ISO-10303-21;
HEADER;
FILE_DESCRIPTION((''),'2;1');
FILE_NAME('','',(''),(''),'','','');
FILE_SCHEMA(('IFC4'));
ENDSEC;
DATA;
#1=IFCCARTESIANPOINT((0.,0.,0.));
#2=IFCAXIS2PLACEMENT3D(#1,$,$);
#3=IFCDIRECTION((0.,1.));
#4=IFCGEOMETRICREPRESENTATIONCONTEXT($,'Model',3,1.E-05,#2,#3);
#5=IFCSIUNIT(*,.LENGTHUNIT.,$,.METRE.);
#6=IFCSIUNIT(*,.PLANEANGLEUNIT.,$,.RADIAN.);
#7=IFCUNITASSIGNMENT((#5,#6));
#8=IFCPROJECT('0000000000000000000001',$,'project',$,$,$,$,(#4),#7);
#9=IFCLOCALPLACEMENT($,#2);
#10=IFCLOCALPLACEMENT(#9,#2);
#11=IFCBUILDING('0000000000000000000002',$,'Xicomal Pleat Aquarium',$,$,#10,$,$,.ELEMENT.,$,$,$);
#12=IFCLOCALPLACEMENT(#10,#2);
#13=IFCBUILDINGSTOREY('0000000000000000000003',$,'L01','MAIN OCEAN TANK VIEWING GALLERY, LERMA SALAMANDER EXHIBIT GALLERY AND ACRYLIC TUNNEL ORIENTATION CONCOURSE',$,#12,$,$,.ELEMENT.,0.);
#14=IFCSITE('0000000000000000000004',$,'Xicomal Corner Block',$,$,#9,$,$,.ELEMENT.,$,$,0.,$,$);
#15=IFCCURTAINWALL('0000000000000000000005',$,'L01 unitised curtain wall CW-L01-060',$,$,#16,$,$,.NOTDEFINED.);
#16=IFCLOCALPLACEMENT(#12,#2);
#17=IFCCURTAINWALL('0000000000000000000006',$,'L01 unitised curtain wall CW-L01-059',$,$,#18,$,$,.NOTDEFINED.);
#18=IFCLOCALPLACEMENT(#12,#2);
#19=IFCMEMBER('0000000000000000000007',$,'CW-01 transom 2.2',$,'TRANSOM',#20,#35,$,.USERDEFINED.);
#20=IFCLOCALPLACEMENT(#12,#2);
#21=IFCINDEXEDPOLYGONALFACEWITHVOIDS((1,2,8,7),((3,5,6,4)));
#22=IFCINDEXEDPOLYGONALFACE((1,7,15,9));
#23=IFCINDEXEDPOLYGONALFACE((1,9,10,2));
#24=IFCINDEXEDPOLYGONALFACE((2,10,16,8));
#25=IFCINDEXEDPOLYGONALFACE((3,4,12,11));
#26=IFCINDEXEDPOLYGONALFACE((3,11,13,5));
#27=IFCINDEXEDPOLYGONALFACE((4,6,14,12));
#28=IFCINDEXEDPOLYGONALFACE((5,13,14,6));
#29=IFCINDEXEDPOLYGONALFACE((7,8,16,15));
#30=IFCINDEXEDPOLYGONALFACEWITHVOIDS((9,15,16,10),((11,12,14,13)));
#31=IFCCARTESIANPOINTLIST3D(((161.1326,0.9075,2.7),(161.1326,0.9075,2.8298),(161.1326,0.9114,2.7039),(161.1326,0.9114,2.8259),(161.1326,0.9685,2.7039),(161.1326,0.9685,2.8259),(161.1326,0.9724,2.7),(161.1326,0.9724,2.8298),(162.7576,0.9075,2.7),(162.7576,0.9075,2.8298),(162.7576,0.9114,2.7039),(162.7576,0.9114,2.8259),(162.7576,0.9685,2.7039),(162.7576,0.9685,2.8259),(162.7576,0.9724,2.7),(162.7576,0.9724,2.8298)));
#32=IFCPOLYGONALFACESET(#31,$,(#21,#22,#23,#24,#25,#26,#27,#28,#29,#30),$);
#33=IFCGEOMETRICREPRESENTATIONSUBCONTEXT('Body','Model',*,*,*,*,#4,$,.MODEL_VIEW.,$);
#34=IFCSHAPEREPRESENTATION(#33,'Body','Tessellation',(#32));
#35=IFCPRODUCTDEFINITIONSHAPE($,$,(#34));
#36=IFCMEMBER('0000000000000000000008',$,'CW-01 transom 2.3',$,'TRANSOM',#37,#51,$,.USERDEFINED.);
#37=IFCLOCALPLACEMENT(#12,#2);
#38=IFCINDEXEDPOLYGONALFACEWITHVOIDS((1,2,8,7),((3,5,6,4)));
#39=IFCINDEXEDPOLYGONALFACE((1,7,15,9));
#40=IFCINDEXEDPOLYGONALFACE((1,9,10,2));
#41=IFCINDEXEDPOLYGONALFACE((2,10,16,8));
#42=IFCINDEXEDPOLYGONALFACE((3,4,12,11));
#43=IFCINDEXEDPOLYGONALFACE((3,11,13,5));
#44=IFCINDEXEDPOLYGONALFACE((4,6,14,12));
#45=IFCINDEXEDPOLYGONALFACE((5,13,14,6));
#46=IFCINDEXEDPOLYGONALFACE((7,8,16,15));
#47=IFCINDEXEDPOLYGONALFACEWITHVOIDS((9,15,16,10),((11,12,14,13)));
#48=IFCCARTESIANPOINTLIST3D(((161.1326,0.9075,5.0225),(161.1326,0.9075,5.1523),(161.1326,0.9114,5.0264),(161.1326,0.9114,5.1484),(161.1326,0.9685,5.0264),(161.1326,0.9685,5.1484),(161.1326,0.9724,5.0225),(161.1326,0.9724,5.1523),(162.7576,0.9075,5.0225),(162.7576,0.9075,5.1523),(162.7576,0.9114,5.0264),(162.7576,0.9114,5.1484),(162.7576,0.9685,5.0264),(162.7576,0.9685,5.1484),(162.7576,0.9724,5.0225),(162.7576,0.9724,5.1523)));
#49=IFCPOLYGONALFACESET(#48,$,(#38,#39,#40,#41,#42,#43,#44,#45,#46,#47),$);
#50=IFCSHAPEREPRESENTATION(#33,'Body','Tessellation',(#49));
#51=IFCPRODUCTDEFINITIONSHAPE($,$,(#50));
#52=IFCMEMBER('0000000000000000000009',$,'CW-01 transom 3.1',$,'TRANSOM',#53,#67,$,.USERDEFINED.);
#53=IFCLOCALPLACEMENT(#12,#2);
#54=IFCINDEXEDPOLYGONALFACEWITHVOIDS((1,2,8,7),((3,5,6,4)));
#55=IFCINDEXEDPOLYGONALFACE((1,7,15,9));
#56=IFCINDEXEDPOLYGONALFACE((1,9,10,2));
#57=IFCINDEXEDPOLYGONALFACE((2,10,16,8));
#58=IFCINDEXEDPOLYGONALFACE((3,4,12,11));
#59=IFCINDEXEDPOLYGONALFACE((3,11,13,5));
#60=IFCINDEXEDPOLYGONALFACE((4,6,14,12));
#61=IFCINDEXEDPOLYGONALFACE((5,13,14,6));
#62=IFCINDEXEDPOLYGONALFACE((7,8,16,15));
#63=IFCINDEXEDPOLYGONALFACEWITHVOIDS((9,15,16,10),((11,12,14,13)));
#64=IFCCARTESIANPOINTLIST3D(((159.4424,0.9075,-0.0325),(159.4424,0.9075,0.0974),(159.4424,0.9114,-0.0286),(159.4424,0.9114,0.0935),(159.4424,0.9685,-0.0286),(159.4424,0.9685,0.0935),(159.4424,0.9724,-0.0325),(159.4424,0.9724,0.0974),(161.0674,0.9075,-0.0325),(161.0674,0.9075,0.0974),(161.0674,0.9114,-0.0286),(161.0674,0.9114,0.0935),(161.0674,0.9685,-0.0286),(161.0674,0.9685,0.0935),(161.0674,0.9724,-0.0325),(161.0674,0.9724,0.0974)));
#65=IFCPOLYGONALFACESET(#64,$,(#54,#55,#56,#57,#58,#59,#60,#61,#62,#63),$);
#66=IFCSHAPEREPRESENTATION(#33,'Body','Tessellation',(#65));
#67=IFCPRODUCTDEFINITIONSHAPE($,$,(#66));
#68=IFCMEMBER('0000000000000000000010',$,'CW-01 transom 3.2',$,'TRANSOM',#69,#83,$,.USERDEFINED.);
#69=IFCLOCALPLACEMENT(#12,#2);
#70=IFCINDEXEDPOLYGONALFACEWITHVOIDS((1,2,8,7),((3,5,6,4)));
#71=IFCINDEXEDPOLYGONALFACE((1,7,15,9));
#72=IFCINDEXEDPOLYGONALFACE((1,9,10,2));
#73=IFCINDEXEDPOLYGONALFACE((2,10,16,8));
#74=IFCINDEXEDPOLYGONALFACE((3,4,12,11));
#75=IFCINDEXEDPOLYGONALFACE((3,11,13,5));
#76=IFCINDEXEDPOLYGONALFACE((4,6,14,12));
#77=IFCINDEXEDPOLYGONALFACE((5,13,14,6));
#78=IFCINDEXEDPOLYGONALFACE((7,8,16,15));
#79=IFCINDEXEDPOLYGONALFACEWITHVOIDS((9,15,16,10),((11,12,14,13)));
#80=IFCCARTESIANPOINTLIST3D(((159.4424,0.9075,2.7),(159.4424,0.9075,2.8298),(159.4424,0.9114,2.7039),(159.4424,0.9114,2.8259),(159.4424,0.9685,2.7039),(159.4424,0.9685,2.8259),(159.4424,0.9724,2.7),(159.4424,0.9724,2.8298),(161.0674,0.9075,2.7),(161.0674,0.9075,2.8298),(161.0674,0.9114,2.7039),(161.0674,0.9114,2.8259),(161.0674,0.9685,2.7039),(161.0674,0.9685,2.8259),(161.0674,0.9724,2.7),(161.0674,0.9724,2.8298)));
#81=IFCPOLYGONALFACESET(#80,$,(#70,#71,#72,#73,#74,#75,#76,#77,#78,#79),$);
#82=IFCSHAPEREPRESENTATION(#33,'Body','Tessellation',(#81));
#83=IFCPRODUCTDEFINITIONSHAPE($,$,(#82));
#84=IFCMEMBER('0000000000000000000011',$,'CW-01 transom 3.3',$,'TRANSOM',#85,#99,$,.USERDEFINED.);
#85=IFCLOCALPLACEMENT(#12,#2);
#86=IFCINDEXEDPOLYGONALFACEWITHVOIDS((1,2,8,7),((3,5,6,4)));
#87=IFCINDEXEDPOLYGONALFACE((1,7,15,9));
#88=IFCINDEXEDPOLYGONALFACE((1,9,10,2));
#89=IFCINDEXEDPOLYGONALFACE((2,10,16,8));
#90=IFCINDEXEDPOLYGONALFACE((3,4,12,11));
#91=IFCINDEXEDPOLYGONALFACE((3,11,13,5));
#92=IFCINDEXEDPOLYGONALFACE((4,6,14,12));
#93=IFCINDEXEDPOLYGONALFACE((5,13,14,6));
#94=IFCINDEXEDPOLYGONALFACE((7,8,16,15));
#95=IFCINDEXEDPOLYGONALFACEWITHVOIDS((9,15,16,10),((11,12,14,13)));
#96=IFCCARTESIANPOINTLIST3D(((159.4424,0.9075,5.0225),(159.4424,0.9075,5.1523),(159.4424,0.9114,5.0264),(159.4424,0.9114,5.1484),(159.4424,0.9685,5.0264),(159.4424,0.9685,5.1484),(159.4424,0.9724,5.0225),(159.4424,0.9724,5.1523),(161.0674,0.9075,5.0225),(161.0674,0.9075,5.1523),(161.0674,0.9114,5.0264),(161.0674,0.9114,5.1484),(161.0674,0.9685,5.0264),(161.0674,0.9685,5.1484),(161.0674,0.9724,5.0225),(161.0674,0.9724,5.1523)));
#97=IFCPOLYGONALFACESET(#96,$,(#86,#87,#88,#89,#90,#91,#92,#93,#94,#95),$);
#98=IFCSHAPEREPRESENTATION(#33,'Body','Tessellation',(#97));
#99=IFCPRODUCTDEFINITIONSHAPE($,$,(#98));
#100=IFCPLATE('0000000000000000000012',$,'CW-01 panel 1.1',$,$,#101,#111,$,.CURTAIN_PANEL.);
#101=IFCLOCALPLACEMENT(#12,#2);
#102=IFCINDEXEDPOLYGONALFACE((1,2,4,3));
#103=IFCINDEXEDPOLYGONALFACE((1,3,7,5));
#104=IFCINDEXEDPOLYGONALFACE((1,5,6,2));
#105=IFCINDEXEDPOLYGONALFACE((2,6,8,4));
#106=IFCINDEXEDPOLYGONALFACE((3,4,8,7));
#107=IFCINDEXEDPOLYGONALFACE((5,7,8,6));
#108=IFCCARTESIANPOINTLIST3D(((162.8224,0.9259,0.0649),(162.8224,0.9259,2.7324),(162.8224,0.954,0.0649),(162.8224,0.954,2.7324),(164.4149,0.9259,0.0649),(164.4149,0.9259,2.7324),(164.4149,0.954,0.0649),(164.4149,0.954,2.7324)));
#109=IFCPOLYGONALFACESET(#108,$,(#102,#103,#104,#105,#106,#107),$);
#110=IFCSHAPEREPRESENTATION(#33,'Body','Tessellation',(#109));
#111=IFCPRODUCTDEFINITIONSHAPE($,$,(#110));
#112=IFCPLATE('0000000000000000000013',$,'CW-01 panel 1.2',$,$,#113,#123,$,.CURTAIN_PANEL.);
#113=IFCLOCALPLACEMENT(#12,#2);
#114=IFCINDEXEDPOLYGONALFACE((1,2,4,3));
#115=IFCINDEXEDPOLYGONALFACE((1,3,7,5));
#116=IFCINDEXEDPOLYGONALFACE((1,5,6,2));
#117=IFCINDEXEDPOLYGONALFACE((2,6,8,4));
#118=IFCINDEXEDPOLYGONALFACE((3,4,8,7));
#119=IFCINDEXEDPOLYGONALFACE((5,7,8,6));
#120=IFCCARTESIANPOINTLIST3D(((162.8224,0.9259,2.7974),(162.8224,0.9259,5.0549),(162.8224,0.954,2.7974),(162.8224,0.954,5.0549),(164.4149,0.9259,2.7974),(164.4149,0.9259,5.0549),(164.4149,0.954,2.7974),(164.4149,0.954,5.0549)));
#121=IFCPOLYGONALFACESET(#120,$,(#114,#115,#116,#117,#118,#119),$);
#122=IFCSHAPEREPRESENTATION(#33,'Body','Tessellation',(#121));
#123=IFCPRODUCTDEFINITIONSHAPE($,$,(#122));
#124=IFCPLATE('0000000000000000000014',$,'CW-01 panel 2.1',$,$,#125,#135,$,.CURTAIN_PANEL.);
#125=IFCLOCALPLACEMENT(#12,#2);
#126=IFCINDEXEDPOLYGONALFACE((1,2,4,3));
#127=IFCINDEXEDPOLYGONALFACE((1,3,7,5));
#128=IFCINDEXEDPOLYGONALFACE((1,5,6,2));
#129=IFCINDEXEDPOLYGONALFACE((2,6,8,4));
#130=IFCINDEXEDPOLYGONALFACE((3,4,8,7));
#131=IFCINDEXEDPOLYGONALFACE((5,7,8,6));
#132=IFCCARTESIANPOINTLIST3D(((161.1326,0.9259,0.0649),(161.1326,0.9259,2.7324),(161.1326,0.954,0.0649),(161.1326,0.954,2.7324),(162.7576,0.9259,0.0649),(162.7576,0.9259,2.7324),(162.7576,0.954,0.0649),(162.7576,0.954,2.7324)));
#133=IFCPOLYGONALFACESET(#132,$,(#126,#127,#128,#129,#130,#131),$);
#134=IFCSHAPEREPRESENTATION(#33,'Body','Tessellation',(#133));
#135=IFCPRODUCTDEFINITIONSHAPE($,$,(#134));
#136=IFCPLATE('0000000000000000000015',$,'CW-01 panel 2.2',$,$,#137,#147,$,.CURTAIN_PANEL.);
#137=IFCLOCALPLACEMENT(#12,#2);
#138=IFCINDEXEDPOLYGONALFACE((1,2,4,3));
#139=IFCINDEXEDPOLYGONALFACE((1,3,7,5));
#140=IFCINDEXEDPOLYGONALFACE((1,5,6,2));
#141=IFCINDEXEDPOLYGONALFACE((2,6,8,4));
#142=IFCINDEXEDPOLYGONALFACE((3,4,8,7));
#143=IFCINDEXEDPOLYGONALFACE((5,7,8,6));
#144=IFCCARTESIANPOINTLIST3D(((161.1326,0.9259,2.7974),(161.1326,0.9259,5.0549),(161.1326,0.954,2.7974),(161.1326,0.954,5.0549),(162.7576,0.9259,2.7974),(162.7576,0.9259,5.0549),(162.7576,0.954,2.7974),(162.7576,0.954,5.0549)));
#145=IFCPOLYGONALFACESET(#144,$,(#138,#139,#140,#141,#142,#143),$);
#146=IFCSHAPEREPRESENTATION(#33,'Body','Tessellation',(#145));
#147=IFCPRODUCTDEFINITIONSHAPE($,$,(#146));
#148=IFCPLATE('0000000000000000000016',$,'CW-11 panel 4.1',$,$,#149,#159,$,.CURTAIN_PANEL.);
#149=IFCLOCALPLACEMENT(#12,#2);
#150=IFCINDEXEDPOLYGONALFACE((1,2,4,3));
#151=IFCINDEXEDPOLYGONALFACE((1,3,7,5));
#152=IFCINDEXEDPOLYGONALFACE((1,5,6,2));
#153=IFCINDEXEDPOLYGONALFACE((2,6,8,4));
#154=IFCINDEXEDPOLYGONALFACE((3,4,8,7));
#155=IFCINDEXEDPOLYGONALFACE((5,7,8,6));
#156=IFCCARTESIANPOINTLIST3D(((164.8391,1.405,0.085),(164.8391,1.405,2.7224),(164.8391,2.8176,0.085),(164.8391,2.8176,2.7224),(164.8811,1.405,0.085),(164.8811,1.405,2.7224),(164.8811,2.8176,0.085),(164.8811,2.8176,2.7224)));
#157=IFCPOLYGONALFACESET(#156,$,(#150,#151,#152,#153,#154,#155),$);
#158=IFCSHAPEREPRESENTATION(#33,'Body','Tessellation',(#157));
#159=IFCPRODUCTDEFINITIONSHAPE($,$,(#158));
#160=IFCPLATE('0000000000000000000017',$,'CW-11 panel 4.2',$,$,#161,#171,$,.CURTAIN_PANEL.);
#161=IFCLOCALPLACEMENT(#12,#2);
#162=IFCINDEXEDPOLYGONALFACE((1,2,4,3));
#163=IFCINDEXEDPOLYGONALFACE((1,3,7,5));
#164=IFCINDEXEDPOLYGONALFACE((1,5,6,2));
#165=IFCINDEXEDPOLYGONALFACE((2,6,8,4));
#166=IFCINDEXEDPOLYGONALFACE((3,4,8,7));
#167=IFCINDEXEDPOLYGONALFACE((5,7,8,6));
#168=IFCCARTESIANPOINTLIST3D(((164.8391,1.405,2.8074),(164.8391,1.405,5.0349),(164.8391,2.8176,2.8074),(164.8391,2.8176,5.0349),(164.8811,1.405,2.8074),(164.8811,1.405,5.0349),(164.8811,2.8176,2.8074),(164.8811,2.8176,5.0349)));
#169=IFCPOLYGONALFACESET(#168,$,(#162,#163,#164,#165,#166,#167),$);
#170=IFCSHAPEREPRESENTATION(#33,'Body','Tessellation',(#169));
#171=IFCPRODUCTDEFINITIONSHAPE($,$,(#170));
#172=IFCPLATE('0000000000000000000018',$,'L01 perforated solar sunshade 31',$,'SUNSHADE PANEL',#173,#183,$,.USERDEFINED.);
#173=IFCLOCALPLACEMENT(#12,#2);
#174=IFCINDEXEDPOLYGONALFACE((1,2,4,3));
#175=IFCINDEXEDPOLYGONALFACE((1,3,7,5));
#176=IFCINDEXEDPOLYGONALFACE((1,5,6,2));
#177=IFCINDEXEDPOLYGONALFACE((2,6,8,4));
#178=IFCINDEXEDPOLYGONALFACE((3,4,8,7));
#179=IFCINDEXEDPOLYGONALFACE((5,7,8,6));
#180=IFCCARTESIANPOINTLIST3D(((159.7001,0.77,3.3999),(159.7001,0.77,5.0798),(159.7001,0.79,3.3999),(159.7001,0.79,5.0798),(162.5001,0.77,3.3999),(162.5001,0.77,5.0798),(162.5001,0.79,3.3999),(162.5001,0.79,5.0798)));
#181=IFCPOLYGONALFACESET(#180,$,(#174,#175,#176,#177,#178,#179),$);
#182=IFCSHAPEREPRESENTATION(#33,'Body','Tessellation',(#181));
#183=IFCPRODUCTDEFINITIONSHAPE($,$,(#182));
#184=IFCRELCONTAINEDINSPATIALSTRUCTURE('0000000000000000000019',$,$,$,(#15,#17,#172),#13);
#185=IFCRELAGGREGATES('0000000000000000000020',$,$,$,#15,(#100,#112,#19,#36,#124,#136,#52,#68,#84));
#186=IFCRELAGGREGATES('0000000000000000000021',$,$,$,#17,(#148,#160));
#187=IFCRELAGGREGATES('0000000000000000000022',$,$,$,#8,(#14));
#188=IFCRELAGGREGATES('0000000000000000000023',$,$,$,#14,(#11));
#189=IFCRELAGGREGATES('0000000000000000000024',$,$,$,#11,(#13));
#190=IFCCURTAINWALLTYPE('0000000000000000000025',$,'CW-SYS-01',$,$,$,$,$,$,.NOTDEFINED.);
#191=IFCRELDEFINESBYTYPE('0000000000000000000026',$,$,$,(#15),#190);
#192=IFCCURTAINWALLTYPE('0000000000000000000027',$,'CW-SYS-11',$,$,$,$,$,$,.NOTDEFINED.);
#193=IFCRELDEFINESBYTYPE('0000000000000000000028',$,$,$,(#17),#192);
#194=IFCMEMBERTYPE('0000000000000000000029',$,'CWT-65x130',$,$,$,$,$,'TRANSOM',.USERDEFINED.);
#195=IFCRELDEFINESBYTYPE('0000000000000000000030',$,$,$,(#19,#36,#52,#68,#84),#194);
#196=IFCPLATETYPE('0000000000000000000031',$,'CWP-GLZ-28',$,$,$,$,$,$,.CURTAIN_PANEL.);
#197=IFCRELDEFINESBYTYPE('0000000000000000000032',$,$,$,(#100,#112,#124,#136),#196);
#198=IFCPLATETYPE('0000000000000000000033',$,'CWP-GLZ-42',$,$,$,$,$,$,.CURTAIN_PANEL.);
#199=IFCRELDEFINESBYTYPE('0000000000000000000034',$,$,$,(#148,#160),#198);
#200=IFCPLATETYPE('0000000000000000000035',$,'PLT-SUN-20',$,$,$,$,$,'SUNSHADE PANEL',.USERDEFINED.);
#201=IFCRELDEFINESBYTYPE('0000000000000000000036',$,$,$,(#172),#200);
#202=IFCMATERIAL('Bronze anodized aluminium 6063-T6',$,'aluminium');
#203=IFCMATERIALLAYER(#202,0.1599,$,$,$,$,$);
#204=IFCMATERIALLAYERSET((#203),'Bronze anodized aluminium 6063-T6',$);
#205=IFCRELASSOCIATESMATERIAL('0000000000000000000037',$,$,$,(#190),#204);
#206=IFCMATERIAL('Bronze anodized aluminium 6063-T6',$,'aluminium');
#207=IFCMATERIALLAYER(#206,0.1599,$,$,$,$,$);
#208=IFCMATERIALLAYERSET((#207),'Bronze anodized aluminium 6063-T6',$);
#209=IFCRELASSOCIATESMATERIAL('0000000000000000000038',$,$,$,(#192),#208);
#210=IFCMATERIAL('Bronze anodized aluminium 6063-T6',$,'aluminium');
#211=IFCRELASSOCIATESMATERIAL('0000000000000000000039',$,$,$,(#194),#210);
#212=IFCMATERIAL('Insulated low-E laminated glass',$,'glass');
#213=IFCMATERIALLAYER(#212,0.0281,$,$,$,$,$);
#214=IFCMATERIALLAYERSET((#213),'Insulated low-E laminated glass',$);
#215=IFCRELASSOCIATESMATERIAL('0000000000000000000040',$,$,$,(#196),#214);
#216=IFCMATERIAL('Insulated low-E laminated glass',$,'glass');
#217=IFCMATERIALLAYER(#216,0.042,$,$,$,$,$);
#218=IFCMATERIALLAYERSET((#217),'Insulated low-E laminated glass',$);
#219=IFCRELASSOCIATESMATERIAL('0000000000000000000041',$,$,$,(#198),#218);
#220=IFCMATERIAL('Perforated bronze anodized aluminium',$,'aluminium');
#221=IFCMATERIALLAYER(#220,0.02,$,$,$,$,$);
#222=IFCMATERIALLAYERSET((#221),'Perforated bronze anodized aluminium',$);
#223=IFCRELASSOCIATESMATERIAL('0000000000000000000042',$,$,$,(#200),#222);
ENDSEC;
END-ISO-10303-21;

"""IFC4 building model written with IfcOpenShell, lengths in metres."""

from ifc_helpers import new_model, si_unit, direction, frame, origin, origin_2d, place, context, subcontext, project, spatial, rectangle, hollow_rectangle, extrude, material, layer, layer_set, material_profile, profile_set, type_object, element, aggregate, save


model = new_model("IFC4")

# Units and contexts
model_context = context("Model", 3, precision=1e-05, world=origin(), true_north=direction((0.0, 1.0)))
body_context = subcontext(model_context, "Body", "Model", "MODEL_VIEW")
ifc_project = project(units=[si_unit("LENGTHUNIT", "METRE"), si_unit("PLANEANGLEUNIT", "RADIAN")], contexts=[model_context])

# Site, building, storey
site_placement = place(None, origin())
site = spatial("IfcSite", under=ifc_project, at=site_placement, Name="Xicomal Corner Block", CompositionType="ELEMENT", RefElevation=0.0)
building_placement = place(site_placement, origin())
building = spatial("IfcBuilding", under=site, at=building_placement, Name="Xicomal Pleat Aquarium", CompositionType="ELEMENT")
storey_placement = place(building_placement, origin())
storey = spatial("IfcBuildingStorey", under=building, at=storey_placement, Name="L01", Description="MAIN OCEAN TANK VIEWING GALLERY, LERMA SALAMANDER EXHIBIT GALLERY AND ACRYLIC TUNNEL ORIENTATION CONCOURSE", CompositionType="ELEMENT", Elevation=0.0)

# Curtain wall
ifc_material_1 = material(Name="Bronze anodized aluminium 6063-T6", Category="aluminium")
ifc_layer_1 = layer(ifc_material_1, 0.1599)
ifc_layer_set_1 = layer_set([ifc_layer_1], Name="Bronze anodized aluminium 6063-T6")
curtain_wall_type_1 = type_object("IfcCurtainWallType", Name="CW-SYS-01", PredefinedType="NOTDEFINED", material=ifc_layer_set_1)
curtain_wall_1_placement = place(storey_placement, origin())
curtain_wall_1 = element("IfcCurtainWall", 1, at=curtain_wall_1_placement, inside=storey, type_object=curtain_wall_type_1, Name="L01 unitised curtain wall CW-L01-060", PredefinedType="NOTDEFINED")

# Curtain wall
ifc_material_2 = material(Name="Bronze anodized aluminium 6063-T6", Category="aluminium")
ifc_layer_2 = layer(ifc_material_2, 0.1599)
ifc_layer_set_2 = layer_set([ifc_layer_2], Name="Bronze anodized aluminium 6063-T6")
curtain_wall_type_2 = type_object("IfcCurtainWallType", Name="CW-SYS-11", PredefinedType="NOTDEFINED", material=ifc_layer_set_2)
curtain_wall_2_placement = place(storey_placement, origin())
curtain_wall_2 = element("IfcCurtainWall", 2, at=curtain_wall_2_placement, inside=storey, type_object=curtain_wall_type_2, Name="L01 unitised curtain wall CW-L01-059", PredefinedType="NOTDEFINED")

# Members
ifc_material_3 = material(Name="Bronze anodized aluminium 6063-T6", Category="aluminium")
ifc_material_profile_1 = material_profile(ifc_material_3, hollow_rectangle(XDim=0.0649, YDim=0.1299, WallThickness=0.0039, at=origin_2d()), Name="ALU TRAN 65x130")
ifc_profile_set_1 = profile_set([ifc_material_profile_1], Name="Bronze anodized aluminium 6063-T6")
member_type_1 = type_object("IfcMemberType", Name="CWT-65x130", ElementType="TRANSOM", PredefinedType="USERDEFINED", material=ifc_profile_set_1)
member_1_placement = place(storey_placement, frame((162.7576, 0.9399, 2.7649), z_axis=(-1.0, 0.0, 0.0), x_axis=(0.0, -1.0, 0.0)))
member_1 = element("IfcMember", 3, at=member_1_placement, type_object=member_type_1, Name="CW-01 transom 2.2", ObjectType="TRANSOM", PredefinedType="USERDEFINED", context=body_context, shape_type="SweptSolid", body=[
    extrude(hollow_rectangle(XDim=0.0649, YDim=0.1299, WallThickness=0.0039, at=origin_2d()), origin(), (0.0, 0.0, 1.0), 1.625),
])
member_2_placement = place(storey_placement, frame((162.7576, 0.9399, 5.0874), z_axis=(-1.0, 0.0, 0.0), x_axis=(0.0, -1.0, 0.0)))
member_2 = element("IfcMember", 4, at=member_2_placement, type_object=member_type_1, Name="CW-01 transom 2.3", ObjectType="TRANSOM", PredefinedType="USERDEFINED", context=body_context, shape_type="SweptSolid", body=[
    extrude(hollow_rectangle(XDim=0.0649, YDim=0.1299, WallThickness=0.0039, at=origin_2d()), origin(), (0.0, 0.0, 1.0), 1.625),
])
member_3_placement = place(storey_placement, frame((161.0674, 0.9399, 0.0325), z_axis=(-1.0, 0.0, 0.0), x_axis=(0.0, -1.0, 0.0)))
member_3 = element("IfcMember", 5, at=member_3_placement, type_object=member_type_1, Name="CW-01 transom 3.1", ObjectType="TRANSOM", PredefinedType="USERDEFINED", context=body_context, shape_type="SweptSolid", body=[
    extrude(hollow_rectangle(XDim=0.0649, YDim=0.1299, WallThickness=0.0039, at=origin_2d()), origin(), (0.0, 0.0, 1.0), 1.625),
])
member_4_placement = place(storey_placement, frame((161.0674, 0.9399, 2.7649), z_axis=(-1.0, 0.0, 0.0), x_axis=(0.0, -1.0, 0.0)))
member_4 = element("IfcMember", 6, at=member_4_placement, type_object=member_type_1, Name="CW-01 transom 3.2", ObjectType="TRANSOM", PredefinedType="USERDEFINED", context=body_context, shape_type="SweptSolid", body=[
    extrude(hollow_rectangle(XDim=0.0649, YDim=0.1299, WallThickness=0.0039, at=origin_2d()), origin(), (0.0, 0.0, 1.0), 1.625),
])
member_5_placement = place(storey_placement, frame((161.0674, 0.9399, 5.0874), z_axis=(-1.0, 0.0, 0.0), x_axis=(0.0, -1.0, 0.0)))
member_5 = element("IfcMember", 7, at=member_5_placement, type_object=member_type_1, Name="CW-01 transom 3.3", ObjectType="TRANSOM", PredefinedType="USERDEFINED", context=body_context, shape_type="SweptSolid", body=[
    extrude(hollow_rectangle(XDim=0.0649, YDim=0.1299, WallThickness=0.0039, at=origin_2d()), origin(), (0.0, 0.0, 1.0), 1.625),
])

# Plates
ifc_material_4 = material(Name="Insulated low-E laminated glass", Category="glass")
ifc_layer_3 = layer(ifc_material_4, 0.0281)
ifc_layer_set_3 = layer_set([ifc_layer_3], Name="Insulated low-E laminated glass")
plate_type_1 = type_object("IfcPlateType", Name="CWP-GLZ-28", PredefinedType="CURTAIN_PANEL", material=ifc_layer_set_3)
plate_1_placement = place(storey_placement, frame((163.6187, 0.9399, 0.0649), z_axis=(0.0, 0.0, 1.0), x_axis=(-1.0, 0.0, 0.0)))
plate_1 = element("IfcPlate", 8, at=plate_1_placement, type_object=plate_type_1, Name="CW-01 panel 1.1", PredefinedType="CURTAIN_PANEL", context=body_context, shape_type="SweptSolid", body=[
    extrude(rectangle(XDim=1.5925, YDim=0.0281, at=origin_2d()), origin(), (0.0, 0.0, 1.0), 2.6675),
])
plate_2_placement = place(storey_placement, frame((163.6187, 0.9399, 2.7974), z_axis=(0.0, 0.0, 1.0), x_axis=(-1.0, 0.0, 0.0)))
plate_2 = element("IfcPlate", 9, at=plate_2_placement, type_object=plate_type_1, Name="CW-01 panel 1.2", PredefinedType="CURTAIN_PANEL", context=body_context, shape_type="SweptSolid", body=[
    extrude(rectangle(XDim=1.5925, YDim=0.0281, at=origin_2d()), origin(), (0.0, 0.0, 1.0), 2.2576),
])
plate_3_placement = place(storey_placement, frame((161.9451, 0.9399, 0.0649), z_axis=(0.0, 0.0, 1.0), x_axis=(-1.0, 0.0, 0.0)))
plate_3 = element("IfcPlate", 10, at=plate_3_placement, type_object=plate_type_1, Name="CW-01 panel 2.1", PredefinedType="CURTAIN_PANEL", context=body_context, shape_type="SweptSolid", body=[
    extrude(rectangle(XDim=1.625, YDim=0.0281, at=origin_2d()), origin(), (0.0, 0.0, 1.0), 2.6675),
])
plate_4_placement = place(storey_placement, frame((161.9451, 0.9399, 2.7974), z_axis=(0.0, 0.0, 1.0), x_axis=(-1.0, 0.0, 0.0)))
plate_4 = element("IfcPlate", 11, at=plate_4_placement, type_object=plate_type_1, Name="CW-01 panel 2.2", PredefinedType="CURTAIN_PANEL", context=body_context, shape_type="SweptSolid", body=[
    extrude(rectangle(XDim=1.625, YDim=0.0281, at=origin_2d()), origin(), (0.0, 0.0, 1.0), 2.2576),
])
aggregate(curtain_wall_1, [plate_1, plate_2, member_1, member_2, plate_3, plate_4, member_3, member_4, member_5])
ifc_material_5 = material(Name="Insulated low-E laminated glass", Category="glass")
ifc_layer_4 = layer(ifc_material_5, 0.042)
ifc_layer_set_4 = layer_set([ifc_layer_4], Name="Insulated low-E laminated glass")
plate_type_2 = type_object("IfcPlateType", Name="CWP-GLZ-42", PredefinedType="CURTAIN_PANEL", material=ifc_layer_set_4)
plate_5_placement = place(storey_placement, frame((164.8601, 2.1113, 0.085), z_axis=(0.0, 0.0, 1.0), x_axis=(0.0, -1.0, 0.0)))
plate_5 = element("IfcPlate", 12, at=plate_5_placement, type_object=plate_type_2, Name="CW-11 panel 4.1", PredefinedType="CURTAIN_PANEL", context=body_context, shape_type="SweptSolid", body=[
    extrude(rectangle(XDim=1.4126, YDim=0.042, at=origin_2d()), origin(), (0.0, 0.0, 1.0), 2.6375),
])
plate_6_placement = place(storey_placement, frame((164.8601, 2.1113, 2.8074), z_axis=(0.0, 0.0, 1.0), x_axis=(0.0, -1.0, 0.0)))
plate_6 = element("IfcPlate", 13, at=plate_6_placement, type_object=plate_type_2, Name="CW-11 panel 4.2", PredefinedType="CURTAIN_PANEL", context=body_context, shape_type="SweptSolid", body=[
    extrude(rectangle(XDim=1.4126, YDim=0.042, at=origin_2d()), origin(), (0.0, 0.0, 1.0), 2.2275),
])
aggregate(curtain_wall_2, [plate_5, plate_6])
ifc_material_6 = material(Name="Perforated bronze anodized aluminium", Category="aluminium")
ifc_layer_5 = layer(ifc_material_6, 0.02)
ifc_layer_set_5 = layer_set([ifc_layer_5], Name="Perforated bronze anodized aluminium")
plate_type_3 = type_object("IfcPlateType", Name="PLT-SUN-20", ElementType="SUNSHADE PANEL", PredefinedType="USERDEFINED", material=ifc_layer_set_5)
plate_7_placement = place(storey_placement, frame((161.1001, 0.78, 3.3999), z_axis=(0.0, 0.0, 1.0), x_axis=(-1.0, 0.0, 0.0)))
element("IfcPlate", 14, at=plate_7_placement, inside=storey, type_object=plate_type_3, Name="L01 perforated solar sunshade 31", ObjectType="SUNSHADE PANEL", PredefinedType="USERDEFINED", context=body_context, shape_type="SweptSolid", body=[
    extrude(rectangle(XDim=2.8, YDim=0.02, at=origin_2d()), origin(), (0.0, 0.0, 1.0), 1.6799),
])

save(model, "model.ifc")
